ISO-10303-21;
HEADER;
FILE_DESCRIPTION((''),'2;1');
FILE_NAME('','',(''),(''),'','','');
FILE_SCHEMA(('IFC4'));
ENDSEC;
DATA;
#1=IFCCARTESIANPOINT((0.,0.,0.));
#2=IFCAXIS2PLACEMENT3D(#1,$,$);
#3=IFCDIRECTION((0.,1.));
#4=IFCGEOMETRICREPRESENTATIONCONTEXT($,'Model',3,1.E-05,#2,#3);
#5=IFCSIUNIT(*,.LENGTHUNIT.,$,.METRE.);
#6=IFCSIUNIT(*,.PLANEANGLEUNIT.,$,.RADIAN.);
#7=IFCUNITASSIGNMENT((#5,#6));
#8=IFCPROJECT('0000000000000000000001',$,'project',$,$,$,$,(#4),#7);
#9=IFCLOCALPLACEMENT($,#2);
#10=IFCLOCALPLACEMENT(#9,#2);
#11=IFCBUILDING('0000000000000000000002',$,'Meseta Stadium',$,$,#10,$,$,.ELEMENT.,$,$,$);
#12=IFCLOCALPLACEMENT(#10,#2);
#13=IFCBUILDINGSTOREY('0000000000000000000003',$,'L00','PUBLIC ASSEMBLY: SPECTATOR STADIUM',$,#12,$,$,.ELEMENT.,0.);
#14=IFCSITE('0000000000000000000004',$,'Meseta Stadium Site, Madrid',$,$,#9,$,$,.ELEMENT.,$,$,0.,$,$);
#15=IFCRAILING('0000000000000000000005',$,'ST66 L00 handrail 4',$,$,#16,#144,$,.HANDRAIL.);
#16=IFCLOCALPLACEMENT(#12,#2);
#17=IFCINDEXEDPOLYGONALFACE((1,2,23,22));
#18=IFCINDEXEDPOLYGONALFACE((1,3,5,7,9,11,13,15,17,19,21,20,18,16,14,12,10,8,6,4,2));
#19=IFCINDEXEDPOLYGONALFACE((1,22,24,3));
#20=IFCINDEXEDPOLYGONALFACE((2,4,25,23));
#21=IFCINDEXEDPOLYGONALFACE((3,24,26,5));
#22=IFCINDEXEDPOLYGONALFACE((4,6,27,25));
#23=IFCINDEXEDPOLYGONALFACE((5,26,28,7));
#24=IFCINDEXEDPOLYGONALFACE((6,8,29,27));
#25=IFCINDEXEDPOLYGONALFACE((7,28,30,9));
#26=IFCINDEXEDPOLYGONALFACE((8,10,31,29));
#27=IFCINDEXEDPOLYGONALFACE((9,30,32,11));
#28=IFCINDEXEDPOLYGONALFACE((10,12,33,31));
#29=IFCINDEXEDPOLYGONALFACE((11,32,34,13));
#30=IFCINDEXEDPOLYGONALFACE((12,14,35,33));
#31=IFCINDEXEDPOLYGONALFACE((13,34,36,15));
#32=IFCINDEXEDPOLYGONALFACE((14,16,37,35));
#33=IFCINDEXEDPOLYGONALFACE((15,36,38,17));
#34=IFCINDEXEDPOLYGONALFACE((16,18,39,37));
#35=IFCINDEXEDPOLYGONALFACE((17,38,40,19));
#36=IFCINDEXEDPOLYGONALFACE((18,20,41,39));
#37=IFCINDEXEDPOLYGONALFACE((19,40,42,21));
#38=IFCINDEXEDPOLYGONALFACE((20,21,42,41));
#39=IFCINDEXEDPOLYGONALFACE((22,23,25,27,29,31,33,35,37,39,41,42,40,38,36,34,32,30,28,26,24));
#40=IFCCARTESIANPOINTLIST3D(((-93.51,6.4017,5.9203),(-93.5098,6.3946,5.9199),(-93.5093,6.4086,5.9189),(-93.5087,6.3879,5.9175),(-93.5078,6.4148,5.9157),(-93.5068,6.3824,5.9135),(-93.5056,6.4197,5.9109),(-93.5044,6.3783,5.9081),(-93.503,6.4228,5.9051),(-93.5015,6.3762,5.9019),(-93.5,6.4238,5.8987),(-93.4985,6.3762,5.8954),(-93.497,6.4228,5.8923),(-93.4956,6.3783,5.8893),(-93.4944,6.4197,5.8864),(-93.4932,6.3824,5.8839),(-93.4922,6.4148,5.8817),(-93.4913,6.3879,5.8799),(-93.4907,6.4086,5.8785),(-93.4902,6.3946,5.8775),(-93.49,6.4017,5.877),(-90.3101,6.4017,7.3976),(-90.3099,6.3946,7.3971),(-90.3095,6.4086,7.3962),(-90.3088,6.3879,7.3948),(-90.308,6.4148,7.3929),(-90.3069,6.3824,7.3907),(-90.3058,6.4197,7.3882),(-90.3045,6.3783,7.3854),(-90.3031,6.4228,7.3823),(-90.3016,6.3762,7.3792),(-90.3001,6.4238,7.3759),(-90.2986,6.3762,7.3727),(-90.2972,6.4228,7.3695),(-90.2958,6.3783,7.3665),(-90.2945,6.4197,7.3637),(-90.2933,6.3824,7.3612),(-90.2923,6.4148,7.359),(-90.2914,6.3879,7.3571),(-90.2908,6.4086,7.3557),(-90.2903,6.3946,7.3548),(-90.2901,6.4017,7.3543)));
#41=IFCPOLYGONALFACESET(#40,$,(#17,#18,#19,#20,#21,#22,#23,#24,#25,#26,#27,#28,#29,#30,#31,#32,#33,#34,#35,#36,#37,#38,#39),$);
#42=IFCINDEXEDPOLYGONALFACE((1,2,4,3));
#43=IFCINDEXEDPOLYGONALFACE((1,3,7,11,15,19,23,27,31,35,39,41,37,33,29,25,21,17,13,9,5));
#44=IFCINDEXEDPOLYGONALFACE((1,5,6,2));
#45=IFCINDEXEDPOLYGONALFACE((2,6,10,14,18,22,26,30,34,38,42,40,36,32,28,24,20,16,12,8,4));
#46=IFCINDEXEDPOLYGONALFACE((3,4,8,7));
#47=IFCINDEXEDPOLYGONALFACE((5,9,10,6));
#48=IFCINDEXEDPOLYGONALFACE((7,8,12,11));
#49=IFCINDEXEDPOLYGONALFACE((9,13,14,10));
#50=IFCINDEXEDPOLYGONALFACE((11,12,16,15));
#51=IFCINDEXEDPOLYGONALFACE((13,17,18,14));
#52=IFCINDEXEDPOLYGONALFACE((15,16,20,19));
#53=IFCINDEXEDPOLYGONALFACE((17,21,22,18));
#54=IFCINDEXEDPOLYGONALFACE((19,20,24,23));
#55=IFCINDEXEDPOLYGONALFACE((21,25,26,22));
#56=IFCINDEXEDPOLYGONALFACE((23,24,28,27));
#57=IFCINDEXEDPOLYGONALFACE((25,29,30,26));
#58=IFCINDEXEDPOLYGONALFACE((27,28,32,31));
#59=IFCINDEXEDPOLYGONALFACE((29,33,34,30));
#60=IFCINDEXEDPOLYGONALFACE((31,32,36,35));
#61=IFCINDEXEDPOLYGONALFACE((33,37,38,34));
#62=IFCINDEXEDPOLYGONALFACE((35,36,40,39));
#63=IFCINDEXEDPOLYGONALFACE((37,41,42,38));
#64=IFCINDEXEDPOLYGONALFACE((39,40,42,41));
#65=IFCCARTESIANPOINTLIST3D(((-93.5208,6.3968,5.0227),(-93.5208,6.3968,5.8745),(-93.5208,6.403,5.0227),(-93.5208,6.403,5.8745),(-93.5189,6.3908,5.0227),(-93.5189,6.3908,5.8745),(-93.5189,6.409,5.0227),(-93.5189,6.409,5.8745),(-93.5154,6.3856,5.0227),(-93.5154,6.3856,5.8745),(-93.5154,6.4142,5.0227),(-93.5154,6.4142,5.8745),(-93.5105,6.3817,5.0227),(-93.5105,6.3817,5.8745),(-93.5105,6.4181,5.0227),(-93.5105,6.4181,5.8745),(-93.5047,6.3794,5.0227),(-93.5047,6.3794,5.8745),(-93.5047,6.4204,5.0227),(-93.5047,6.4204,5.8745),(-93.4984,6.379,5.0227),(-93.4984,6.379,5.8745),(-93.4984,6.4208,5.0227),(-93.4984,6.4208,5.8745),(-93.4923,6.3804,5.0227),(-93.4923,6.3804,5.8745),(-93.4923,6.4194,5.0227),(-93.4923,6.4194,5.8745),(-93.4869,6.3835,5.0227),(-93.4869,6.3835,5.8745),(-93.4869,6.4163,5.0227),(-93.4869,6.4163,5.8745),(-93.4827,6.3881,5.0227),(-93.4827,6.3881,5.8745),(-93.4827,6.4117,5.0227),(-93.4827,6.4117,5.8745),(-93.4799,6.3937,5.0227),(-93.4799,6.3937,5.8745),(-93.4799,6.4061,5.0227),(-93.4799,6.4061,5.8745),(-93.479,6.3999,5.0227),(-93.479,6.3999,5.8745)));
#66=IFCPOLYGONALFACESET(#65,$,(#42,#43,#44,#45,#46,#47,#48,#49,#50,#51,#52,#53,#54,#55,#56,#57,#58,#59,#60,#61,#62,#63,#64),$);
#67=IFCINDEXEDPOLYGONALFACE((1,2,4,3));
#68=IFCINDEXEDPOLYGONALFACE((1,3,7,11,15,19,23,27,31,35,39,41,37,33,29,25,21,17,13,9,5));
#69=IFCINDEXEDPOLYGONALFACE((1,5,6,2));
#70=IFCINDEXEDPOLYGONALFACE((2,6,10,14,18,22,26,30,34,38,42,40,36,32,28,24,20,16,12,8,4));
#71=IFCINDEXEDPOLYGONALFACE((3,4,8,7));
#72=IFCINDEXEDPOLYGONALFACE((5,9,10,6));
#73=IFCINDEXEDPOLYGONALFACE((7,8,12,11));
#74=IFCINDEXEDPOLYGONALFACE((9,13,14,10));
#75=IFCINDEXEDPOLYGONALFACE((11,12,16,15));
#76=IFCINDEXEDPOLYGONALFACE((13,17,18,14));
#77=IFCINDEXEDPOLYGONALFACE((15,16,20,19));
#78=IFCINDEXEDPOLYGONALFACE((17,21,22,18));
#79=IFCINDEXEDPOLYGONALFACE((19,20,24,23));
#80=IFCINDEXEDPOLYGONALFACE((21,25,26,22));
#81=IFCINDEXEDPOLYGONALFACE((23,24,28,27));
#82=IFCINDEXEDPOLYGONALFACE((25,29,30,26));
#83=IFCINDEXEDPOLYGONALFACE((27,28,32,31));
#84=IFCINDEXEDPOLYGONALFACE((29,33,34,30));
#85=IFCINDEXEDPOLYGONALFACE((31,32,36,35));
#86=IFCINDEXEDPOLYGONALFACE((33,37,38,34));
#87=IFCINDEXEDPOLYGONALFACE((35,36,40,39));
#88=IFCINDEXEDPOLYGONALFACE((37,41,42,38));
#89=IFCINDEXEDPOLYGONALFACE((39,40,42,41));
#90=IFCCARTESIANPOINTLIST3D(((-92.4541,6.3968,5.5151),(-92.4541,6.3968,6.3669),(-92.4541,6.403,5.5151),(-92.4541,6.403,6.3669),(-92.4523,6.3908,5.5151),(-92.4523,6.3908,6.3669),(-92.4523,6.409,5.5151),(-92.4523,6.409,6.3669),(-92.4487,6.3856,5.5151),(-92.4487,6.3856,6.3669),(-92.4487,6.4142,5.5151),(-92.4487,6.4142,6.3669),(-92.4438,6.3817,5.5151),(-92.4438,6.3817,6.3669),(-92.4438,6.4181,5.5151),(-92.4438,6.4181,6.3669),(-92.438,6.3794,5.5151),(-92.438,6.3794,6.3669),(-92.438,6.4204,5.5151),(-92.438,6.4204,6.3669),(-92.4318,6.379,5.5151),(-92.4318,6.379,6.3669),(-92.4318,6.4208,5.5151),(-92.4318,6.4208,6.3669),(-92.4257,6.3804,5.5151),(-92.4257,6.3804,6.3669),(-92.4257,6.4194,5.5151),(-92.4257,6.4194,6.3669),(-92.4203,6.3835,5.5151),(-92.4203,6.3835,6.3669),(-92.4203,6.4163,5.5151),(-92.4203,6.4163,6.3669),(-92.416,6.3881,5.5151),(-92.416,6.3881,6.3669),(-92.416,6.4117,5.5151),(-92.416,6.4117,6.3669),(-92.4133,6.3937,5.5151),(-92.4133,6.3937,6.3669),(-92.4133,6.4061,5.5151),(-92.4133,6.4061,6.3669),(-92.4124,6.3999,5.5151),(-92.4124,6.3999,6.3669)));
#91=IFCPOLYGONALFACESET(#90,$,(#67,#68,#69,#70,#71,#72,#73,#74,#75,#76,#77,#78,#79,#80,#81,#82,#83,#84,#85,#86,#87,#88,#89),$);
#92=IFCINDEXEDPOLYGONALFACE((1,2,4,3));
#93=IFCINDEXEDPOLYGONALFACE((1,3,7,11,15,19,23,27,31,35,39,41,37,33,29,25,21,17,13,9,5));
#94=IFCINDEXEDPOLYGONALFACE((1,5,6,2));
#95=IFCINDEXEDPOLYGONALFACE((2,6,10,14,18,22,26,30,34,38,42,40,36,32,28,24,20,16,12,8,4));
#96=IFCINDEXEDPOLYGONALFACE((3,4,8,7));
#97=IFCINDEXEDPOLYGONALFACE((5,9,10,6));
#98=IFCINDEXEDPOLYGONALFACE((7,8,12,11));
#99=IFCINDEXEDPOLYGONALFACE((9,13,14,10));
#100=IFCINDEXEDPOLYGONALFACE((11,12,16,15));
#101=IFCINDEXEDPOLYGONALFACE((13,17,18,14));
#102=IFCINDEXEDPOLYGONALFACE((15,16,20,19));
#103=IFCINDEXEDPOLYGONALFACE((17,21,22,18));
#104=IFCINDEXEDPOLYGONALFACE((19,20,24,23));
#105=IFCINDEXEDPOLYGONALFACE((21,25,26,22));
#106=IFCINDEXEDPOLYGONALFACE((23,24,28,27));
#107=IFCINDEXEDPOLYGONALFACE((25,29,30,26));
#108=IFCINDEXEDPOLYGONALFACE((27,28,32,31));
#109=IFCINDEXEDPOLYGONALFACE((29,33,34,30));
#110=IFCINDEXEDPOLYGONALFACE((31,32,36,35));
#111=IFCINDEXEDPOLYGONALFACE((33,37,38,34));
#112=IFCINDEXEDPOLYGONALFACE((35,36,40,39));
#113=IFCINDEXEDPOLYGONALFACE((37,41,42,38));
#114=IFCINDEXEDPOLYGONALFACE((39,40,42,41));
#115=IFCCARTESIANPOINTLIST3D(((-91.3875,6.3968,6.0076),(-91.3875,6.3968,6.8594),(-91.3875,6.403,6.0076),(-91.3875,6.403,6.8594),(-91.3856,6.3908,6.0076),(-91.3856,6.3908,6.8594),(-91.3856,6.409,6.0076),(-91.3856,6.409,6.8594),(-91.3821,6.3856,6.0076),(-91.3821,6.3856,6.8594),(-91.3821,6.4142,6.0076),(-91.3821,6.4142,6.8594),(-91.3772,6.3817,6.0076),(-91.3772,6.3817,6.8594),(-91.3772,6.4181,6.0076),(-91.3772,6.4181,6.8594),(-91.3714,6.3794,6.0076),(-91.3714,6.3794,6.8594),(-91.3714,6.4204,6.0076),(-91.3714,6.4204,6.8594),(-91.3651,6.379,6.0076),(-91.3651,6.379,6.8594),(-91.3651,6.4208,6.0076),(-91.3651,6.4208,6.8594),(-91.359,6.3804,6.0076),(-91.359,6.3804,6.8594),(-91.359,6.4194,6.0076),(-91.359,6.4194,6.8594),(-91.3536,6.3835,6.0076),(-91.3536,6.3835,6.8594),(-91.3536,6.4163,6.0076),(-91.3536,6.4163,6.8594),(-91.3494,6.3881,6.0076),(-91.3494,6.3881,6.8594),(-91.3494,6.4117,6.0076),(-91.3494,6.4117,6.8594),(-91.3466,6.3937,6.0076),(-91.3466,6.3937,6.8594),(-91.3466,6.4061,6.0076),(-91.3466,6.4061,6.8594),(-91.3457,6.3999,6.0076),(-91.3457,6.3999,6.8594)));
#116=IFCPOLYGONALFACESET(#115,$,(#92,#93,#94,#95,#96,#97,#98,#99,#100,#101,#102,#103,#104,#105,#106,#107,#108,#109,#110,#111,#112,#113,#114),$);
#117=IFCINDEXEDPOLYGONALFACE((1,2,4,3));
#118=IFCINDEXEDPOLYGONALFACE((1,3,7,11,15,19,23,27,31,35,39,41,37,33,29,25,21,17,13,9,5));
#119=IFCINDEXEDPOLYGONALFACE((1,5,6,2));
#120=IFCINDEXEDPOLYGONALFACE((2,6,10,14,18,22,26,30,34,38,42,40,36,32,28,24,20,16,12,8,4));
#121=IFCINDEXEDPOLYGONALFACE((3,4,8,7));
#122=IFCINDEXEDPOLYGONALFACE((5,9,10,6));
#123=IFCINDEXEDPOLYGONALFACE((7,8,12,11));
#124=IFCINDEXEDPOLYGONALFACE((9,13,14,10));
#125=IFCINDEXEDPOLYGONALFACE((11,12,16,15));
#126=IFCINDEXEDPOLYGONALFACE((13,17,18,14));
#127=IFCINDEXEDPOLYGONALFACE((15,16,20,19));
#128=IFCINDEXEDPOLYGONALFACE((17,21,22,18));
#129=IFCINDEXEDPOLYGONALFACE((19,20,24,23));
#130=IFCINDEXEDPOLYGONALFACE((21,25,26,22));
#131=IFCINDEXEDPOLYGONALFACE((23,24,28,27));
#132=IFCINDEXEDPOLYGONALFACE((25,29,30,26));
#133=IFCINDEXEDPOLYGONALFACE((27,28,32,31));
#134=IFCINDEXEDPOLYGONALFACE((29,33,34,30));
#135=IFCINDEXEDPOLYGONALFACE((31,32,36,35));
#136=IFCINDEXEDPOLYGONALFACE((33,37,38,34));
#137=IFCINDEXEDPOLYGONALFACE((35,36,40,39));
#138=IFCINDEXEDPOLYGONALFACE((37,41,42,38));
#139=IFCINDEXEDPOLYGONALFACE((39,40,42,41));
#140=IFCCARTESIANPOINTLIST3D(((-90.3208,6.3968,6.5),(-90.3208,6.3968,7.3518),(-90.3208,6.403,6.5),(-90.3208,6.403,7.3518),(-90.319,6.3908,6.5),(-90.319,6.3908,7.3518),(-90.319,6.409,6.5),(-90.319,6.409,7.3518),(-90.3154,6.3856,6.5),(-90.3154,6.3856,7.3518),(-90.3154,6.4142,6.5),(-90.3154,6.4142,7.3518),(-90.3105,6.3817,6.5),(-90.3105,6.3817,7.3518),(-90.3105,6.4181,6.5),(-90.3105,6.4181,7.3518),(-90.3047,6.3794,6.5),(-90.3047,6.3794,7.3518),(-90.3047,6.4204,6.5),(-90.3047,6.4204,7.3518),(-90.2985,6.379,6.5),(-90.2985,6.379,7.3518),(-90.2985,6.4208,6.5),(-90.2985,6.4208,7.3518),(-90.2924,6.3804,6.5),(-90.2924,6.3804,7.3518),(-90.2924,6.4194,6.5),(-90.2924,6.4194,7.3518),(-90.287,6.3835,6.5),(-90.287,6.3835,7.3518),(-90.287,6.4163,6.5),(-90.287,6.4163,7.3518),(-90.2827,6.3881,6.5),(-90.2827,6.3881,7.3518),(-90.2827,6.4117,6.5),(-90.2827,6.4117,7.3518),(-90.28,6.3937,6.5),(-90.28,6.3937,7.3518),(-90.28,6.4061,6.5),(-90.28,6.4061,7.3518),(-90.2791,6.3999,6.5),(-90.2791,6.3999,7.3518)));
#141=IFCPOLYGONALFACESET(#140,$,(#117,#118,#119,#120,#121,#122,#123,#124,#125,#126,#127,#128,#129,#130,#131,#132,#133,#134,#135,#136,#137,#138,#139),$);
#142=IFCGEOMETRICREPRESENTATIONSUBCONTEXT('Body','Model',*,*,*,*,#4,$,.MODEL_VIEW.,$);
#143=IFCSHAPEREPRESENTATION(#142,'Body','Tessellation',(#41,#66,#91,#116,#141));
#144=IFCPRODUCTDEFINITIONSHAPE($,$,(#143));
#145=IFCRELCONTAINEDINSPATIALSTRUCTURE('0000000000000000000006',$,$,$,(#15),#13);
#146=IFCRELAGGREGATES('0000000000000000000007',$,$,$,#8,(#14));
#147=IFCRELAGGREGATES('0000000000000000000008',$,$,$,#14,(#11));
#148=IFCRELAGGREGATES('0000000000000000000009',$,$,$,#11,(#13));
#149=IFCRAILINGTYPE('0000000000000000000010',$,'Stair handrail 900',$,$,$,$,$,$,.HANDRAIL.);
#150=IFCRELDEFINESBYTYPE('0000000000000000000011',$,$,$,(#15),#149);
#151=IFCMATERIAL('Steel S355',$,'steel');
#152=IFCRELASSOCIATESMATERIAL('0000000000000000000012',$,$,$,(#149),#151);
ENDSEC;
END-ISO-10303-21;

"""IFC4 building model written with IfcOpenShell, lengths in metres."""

from ifc_helpers import new_model, si_unit, direction, frame, origin, origin_2d, place, context, subcontext, project, spatial, circle, extrude, material, type_object, element, save


model = new_model("IFC4")

# Units and contexts
model_context = context("Model", 3, precision=1e-05, world=origin(), true_north=direction((0.0, 1.0)))
body_context = subcontext(model_context, "Body", "Model", "MODEL_VIEW")
ifc_project = project(units=[si_unit("LENGTHUNIT", "METRE"), si_unit("PLANEANGLEUNIT", "RADIAN")], contexts=[model_context])

# Site, building, storey
site_placement = place(None, origin())
site = spatial("IfcSite", under=ifc_project, at=site_placement, Name="Meseta Stadium Site, Madrid", CompositionType="ELEMENT", RefElevation=0.0)
building_placement = place(site_placement, origin())
building = spatial("IfcBuilding", under=site, at=building_placement, Name="Meseta Stadium", CompositionType="ELEMENT")
storey_placement = place(building_placement, origin())
storey = spatial("IfcBuildingStorey", under=building, at=storey_placement, Name="L00", Description="PUBLIC ASSEMBLY: SPECTATOR STADIUM", CompositionType="ELEMENT", Elevation=0.0)

# Railing
ifc_material_1 = material(Name="Steel S355", Category="steel")
railing_type_1 = type_object("IfcRailingType", Name="Stair handrail 900", PredefinedType="HANDRAIL", material=ifc_material_1)
for number, where, name in (
    (1, (-93.5, 6.3999, 5.0227), "ST66 L00 handrail 4"),
):
    element("IfcRailing", number, at=place(storey_placement, frame(where)), inside=storey, type_object=railing_type_1, Name=name, PredefinedType="HANDRAIL", context=body_context, shape_type="SweptSolid", body=[
        extrude(circle(Radius=0.0239, at=origin_2d()), frame((0.0, 0.0, 0.876), z_axis=(0.907917, 0.0, 0.41915), x_axis=(0.0, 1.0, 0.0)), (0.0, 0.0, 1.0), 3.5244),
        extrude(circle(Radius=0.021, at=origin_2d()), origin(), (0.0, 0.0, 1.0), 0.8518),
        extrude(circle(Radius=0.021, at=origin_2d()), frame((1.0667, 0.0, 0.4924)), (0.0, 0.0, 1.0), 0.8518),
        extrude(circle(Radius=0.021, at=origin_2d()), frame((2.1333, 0.0, 0.9849)), (0.0, 0.0, 1.0), 0.8518),
        extrude(circle(Radius=0.021, at=origin_2d()), frame((3.2, 0.0, 1.4773)), (0.0, 0.0, 1.0), 0.8518),
    ])

save(model, "model.ifc")
